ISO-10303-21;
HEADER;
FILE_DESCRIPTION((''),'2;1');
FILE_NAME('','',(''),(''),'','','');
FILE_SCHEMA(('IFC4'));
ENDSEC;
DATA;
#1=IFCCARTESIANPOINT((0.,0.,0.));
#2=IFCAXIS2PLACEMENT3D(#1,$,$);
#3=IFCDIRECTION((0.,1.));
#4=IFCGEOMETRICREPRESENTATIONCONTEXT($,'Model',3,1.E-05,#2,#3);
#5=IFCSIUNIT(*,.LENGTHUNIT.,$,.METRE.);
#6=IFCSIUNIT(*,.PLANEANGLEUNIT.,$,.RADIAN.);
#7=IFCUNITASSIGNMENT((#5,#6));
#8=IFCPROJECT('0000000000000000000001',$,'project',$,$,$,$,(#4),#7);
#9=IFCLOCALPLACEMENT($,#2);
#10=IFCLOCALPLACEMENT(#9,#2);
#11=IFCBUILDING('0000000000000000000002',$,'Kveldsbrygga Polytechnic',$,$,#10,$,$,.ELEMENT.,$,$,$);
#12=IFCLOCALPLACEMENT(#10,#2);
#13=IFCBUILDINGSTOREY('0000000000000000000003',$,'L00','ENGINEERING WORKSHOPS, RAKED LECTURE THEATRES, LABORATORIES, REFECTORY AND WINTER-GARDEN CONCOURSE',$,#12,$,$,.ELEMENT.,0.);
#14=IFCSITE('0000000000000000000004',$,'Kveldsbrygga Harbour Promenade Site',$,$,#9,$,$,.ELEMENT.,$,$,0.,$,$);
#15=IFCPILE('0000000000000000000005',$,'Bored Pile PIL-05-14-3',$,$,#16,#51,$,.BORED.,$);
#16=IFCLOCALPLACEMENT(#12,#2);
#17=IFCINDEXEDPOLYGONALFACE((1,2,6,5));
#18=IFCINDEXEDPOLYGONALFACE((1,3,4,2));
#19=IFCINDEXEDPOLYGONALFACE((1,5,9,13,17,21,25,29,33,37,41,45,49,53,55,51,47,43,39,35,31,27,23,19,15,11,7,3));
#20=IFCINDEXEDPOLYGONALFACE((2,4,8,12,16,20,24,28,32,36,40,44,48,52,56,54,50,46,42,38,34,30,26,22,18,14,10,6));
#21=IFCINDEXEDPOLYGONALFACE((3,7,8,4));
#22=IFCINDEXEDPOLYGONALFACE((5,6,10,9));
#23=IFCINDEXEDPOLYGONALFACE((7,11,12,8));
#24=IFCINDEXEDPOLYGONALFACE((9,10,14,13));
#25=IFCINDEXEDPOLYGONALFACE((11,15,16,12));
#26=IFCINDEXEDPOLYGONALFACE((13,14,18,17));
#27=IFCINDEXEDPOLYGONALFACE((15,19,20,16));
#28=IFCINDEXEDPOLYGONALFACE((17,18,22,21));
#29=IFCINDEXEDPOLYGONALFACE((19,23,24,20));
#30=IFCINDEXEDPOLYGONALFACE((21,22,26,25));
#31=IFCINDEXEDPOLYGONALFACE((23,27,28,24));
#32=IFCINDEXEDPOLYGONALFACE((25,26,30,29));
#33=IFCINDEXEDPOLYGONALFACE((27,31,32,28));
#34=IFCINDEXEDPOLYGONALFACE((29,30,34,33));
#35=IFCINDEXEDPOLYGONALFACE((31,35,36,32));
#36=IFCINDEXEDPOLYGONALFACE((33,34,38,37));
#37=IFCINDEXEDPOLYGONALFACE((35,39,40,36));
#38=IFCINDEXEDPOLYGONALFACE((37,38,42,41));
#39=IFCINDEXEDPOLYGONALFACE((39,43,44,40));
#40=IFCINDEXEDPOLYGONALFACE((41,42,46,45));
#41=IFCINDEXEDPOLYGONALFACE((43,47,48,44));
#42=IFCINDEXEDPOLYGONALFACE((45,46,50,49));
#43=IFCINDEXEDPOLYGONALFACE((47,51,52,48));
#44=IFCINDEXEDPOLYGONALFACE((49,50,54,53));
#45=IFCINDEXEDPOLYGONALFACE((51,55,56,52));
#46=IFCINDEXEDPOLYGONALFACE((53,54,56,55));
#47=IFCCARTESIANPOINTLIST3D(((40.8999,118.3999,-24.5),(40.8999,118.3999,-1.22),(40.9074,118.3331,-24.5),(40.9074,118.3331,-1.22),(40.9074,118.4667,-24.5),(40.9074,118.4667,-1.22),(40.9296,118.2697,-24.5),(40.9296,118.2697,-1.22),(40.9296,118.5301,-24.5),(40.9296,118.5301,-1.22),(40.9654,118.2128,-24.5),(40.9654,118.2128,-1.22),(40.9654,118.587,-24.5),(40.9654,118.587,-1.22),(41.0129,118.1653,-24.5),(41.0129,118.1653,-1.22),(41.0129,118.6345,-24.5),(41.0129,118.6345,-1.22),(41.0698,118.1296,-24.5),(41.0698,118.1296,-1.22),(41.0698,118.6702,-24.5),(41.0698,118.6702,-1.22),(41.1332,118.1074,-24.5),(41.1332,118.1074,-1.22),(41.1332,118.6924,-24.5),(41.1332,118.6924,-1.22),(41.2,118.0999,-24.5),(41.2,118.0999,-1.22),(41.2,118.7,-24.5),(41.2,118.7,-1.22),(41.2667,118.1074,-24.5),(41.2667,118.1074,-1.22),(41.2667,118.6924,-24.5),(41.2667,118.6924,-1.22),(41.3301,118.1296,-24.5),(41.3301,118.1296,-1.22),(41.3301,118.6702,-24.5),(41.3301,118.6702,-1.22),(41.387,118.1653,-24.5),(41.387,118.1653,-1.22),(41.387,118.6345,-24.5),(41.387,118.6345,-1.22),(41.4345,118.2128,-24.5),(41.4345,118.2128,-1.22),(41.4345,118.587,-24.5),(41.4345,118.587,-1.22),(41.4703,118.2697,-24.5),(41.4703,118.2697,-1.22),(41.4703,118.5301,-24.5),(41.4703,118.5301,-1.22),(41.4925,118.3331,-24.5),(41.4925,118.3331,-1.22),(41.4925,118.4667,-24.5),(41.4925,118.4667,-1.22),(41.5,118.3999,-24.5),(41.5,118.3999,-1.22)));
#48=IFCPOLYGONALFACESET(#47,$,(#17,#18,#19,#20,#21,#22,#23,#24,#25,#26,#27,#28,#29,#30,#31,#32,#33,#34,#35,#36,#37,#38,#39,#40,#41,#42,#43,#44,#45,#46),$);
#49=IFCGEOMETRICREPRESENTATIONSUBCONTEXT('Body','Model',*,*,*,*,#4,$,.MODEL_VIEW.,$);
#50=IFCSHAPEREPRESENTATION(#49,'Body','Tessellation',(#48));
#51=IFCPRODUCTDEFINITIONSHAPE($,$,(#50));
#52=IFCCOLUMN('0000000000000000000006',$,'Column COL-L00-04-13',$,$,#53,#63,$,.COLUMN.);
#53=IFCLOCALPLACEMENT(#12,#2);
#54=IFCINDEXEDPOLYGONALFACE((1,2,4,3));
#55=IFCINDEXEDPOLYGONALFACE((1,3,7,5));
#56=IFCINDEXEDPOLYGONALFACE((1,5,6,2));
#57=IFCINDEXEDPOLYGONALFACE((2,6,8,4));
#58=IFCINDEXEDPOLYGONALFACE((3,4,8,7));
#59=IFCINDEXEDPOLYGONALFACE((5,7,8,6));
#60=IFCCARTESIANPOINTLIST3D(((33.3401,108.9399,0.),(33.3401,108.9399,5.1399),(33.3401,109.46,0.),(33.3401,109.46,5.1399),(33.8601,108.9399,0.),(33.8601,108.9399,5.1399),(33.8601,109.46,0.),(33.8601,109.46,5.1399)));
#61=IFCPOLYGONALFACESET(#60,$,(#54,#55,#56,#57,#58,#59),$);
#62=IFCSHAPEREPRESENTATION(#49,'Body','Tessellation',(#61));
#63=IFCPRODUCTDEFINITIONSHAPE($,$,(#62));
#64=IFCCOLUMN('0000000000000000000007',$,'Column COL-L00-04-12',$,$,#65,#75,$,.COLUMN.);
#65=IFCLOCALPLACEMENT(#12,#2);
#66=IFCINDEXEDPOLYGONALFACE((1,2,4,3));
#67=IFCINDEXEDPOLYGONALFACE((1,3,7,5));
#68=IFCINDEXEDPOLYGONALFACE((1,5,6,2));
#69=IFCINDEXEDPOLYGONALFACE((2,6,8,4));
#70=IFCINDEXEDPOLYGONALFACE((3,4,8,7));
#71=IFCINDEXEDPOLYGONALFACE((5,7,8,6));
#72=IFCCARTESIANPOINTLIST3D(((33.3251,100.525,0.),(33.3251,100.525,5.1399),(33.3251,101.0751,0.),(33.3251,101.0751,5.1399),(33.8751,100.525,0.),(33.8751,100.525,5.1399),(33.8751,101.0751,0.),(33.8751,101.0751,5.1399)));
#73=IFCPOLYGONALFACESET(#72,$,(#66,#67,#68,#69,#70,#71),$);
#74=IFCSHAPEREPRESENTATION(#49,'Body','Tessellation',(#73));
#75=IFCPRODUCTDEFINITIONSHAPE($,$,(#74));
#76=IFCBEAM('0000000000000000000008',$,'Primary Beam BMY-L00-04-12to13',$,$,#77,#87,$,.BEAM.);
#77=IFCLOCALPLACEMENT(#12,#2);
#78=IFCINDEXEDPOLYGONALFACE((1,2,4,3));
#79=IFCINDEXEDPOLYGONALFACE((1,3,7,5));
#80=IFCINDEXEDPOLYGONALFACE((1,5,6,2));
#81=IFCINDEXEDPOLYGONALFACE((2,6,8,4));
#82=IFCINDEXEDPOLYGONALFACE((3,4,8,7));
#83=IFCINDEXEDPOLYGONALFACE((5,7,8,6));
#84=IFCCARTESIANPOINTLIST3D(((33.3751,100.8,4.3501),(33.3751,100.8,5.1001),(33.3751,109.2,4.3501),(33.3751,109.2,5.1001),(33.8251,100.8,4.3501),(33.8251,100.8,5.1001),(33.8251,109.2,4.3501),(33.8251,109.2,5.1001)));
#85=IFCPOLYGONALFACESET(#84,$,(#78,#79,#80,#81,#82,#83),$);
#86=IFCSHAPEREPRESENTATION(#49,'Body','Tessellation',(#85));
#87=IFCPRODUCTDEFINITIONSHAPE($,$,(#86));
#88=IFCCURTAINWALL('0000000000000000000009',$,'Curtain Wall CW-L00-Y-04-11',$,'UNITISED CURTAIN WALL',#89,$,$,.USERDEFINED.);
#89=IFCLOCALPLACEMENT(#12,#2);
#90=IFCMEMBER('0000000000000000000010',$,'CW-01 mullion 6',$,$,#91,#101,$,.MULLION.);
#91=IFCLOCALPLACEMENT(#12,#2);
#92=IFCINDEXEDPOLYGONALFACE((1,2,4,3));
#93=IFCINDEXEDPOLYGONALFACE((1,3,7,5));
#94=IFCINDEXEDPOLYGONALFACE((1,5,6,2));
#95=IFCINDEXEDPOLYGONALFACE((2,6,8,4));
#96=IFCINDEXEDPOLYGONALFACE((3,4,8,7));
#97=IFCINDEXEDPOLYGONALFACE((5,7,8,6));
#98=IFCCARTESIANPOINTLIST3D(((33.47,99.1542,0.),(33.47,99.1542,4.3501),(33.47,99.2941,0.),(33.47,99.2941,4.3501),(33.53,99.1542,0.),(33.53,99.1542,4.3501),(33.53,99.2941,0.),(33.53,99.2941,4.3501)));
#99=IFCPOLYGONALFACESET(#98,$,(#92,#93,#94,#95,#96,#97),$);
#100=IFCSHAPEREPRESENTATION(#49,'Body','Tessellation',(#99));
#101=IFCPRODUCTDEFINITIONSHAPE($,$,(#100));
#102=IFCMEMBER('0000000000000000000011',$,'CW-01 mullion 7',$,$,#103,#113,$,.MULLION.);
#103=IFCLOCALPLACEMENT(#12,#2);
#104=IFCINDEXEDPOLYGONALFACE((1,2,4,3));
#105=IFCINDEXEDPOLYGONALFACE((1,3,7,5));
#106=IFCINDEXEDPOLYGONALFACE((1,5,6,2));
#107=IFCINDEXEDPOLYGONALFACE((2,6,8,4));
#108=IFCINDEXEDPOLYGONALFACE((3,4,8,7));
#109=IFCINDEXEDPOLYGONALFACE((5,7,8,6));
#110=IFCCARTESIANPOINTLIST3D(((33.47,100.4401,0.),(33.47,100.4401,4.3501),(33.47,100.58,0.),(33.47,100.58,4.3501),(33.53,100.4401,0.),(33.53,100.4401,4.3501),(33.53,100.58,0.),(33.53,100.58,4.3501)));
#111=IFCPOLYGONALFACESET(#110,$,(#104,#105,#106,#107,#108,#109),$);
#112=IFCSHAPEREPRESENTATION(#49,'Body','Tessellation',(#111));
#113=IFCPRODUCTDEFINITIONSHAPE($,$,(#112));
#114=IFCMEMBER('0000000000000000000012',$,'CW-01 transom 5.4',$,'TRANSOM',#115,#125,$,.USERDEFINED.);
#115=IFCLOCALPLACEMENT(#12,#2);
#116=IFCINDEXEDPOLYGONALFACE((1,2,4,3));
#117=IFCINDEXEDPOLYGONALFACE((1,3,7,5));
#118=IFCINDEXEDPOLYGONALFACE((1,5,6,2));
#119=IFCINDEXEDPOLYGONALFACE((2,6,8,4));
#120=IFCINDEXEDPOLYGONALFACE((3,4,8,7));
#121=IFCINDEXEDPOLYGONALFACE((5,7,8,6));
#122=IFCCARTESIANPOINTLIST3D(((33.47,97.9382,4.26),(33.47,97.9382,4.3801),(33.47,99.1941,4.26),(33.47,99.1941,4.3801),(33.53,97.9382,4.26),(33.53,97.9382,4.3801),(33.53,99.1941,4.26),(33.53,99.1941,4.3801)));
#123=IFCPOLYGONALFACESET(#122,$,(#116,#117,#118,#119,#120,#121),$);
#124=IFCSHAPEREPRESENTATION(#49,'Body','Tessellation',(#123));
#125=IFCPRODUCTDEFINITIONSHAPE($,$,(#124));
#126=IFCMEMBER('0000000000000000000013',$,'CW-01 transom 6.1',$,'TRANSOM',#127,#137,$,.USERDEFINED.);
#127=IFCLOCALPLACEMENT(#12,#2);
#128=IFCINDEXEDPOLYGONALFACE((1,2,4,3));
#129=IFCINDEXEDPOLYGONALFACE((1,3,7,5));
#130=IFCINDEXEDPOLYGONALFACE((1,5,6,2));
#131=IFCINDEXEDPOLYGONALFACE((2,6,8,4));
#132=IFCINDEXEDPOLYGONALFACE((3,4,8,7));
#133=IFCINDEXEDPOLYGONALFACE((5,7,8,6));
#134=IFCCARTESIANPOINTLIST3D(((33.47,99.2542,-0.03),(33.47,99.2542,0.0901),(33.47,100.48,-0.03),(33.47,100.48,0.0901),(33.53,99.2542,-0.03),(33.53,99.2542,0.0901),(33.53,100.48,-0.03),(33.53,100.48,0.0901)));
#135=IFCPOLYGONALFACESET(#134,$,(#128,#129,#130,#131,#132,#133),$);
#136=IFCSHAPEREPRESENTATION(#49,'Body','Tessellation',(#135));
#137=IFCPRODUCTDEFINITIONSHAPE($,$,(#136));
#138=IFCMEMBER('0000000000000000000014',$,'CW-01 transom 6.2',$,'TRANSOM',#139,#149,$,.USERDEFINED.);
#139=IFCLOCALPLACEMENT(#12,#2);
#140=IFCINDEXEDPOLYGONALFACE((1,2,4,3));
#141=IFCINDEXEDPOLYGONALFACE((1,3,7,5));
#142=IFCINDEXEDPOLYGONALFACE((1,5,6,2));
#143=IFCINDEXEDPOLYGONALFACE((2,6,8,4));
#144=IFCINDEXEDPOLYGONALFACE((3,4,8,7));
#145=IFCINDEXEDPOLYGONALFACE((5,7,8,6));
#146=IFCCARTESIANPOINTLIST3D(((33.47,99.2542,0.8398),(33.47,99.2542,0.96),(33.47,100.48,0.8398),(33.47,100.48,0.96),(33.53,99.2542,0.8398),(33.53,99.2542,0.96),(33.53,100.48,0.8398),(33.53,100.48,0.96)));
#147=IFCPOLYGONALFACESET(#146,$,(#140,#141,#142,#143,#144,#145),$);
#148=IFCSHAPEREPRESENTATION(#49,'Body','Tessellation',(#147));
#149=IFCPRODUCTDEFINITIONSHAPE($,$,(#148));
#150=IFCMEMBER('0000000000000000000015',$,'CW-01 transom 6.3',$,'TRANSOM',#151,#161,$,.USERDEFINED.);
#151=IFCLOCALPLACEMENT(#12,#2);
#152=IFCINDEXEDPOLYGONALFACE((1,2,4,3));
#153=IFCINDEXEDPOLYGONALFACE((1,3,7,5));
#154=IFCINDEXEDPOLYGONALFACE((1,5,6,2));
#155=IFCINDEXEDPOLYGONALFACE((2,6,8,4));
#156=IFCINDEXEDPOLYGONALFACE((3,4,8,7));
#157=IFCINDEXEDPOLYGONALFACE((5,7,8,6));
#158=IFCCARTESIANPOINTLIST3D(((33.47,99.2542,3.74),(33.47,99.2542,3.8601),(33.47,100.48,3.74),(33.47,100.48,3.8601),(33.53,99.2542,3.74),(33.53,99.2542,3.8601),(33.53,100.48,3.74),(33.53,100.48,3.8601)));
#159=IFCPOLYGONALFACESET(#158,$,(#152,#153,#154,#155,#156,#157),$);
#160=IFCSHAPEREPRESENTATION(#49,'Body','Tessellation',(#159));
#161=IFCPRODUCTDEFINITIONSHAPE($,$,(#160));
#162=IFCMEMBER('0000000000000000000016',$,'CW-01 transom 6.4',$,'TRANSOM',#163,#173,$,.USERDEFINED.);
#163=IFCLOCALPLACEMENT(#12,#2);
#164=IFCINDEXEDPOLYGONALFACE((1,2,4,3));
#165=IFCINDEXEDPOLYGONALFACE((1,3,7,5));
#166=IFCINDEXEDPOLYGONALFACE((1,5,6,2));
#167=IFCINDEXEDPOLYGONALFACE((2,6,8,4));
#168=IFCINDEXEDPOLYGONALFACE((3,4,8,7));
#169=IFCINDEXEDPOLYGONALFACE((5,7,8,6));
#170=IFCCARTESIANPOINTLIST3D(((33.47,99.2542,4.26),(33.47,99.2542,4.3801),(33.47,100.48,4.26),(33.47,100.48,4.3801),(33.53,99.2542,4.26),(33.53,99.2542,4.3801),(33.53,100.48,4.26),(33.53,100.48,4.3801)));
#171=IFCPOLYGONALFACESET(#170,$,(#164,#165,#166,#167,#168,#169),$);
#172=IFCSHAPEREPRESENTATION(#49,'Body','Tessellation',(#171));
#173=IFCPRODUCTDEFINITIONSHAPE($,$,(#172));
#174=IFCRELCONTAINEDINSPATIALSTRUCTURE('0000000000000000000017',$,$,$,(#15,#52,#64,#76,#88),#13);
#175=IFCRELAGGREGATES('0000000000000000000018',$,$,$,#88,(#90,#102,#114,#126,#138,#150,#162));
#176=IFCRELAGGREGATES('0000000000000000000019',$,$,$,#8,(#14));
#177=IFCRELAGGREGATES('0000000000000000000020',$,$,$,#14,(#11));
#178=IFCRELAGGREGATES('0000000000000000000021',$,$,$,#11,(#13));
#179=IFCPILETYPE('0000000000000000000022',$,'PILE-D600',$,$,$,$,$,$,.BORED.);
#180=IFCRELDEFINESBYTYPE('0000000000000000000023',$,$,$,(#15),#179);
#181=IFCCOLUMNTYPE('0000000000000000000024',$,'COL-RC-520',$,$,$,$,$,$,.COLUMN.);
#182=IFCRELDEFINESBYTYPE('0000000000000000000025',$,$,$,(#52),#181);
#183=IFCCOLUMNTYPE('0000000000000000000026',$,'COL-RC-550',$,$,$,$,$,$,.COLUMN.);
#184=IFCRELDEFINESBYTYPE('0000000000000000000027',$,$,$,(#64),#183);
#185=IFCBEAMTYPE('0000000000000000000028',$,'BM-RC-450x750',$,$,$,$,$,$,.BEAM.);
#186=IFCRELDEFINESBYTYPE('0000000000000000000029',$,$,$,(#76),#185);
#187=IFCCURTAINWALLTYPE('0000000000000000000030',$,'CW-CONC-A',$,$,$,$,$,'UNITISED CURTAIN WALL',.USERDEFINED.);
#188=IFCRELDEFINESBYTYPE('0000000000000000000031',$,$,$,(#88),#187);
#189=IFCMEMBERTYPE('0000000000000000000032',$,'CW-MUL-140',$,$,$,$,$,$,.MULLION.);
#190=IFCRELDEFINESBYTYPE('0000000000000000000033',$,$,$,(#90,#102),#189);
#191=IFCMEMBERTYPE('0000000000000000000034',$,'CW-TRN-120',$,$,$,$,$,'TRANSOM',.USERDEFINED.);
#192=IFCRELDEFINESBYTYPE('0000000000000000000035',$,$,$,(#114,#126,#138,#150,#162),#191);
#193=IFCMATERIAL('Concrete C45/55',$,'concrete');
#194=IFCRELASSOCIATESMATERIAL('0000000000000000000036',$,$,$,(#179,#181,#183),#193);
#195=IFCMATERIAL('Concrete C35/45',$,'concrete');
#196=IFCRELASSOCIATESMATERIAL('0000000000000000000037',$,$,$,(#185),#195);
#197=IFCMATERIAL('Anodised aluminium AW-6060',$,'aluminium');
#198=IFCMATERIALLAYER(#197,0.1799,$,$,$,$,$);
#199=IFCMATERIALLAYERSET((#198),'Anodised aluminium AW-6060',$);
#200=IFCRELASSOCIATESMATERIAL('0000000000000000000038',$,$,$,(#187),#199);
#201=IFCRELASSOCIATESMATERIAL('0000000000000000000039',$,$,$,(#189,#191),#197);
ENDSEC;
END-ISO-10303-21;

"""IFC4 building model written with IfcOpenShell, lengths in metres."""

from ifc_helpers import new_model, si_unit, direction, frame, origin, origin_2d, place, context, subcontext, project, spatial, rectangle, circle, extrude, material, layer, layer_set, material_profile, profile_set, type_object, element, aggregate, save


model = new_model("IFC4")

# Units and contexts
model_context = context("Model", 3, precision=1e-05, world=origin(), true_north=direction((0.0, 1.0)))
body_context = subcontext(model_context, "Body", "Model", "MODEL_VIEW")
ifc_project = project(units=[si_unit("LENGTHUNIT", "METRE"), si_unit("PLANEANGLEUNIT", "RADIAN")], contexts=[model_context])

# Site, building, storey
site_placement = place(None, origin())
site = spatial("IfcSite", under=ifc_project, at=site_placement, Name="Kveldsbrygga Harbour Promenade Site", CompositionType="ELEMENT", RefElevation=0.0)
building_placement = place(site_placement, origin())
building = spatial("IfcBuilding", under=site, at=building_placement, Name="Kveldsbrygga Polytechnic", CompositionType="ELEMENT")
storey_placement = place(building_placement, origin())
storey = spatial("IfcBuildingStorey", under=building, at=storey_placement, Name="L00", Description="ENGINEERING WORKSHOPS, RAKED LECTURE THEATRES, LABORATORIES, REFECTORY AND WINTER-GARDEN CONCOURSE", CompositionType="ELEMENT", Elevation=0.0)

# Pile
ifc_material_1 = material(Name="Concrete C45/55", Category="concrete")
ifc_material_profile_1 = material_profile(ifc_material_1, circle(Radius=0.3, at=origin_2d()), Name="PILE D600")
ifc_profile_set_1 = profile_set([ifc_material_profile_1], Name="Concrete C45/55")
pile_type = type_object("IfcPileType", Name="PILE-D600", PredefinedType="BORED", material=ifc_profile_set_1)
for number, where, z_axis, x_axis, name in (
    (1, (41.2, 118.3999, -1.22), (0.0, 0.0, -1.0), (1.0, 0.0, 0.0), "Bored Pile PIL-05-14-3"),
):
    element("IfcPile", number, at=place(storey_placement, frame(where, z_axis=z_axis, x_axis=x_axis)), inside=storey, type_object=pile_type, Name=name, PredefinedType="BORED", context=body_context, shape_type="SweptSolid", body=[
        extrude(circle(Radius=0.3, at=origin_2d()), origin(), (0.0, 0.0, 1.0), 23.28),
    ])

# Columns
ifc_material_profile_2 = material_profile(ifc_material_1, rectangle(XDim=0.52, YDim=0.52, at=origin_2d()), Name="RC 520x520")
ifc_profile_set_2 = profile_set([ifc_material_profile_2], Name="Concrete C45/55")
column_type_1 = type_object("IfcColumnType", Name="COL-RC-520", PredefinedType="COLUMN", material=ifc_profile_set_2)
column_1_placement = place(storey_placement, frame((33.6001, 109.2, 0.0), z_axis=(0.0, 0.0, 1.0), x_axis=(1.0, 0.0, 0.0)))
element("IfcColumn", 2, at=column_1_placement, inside=storey, type_object=column_type_1, Name="Column COL-L00-04-13", PredefinedType="COLUMN", context=body_context, shape_type="SweptSolid", body=[
    extrude(rectangle(XDim=0.52, YDim=0.52, at=origin_2d()), origin(), (0.0, 0.0, 1.0), 5.1399),
])
ifc_material_profile_3 = material_profile(ifc_material_1, rectangle(XDim=0.55, YDim=0.55, at=origin_2d()), Name="RC 550x550")
ifc_profile_set_3 = profile_set([ifc_material_profile_3], Name="Concrete C45/55")
column_type_2 = type_object("IfcColumnType", Name="COL-RC-550", PredefinedType="COLUMN", material=ifc_profile_set_3)
column_2_placement = place(storey_placement, frame((33.6001, 100.8, 0.0), z_axis=(0.0, 0.0, 1.0), x_axis=(1.0, 0.0, 0.0)))
element("IfcColumn", 3, at=column_2_placement, inside=storey, type_object=column_type_2, Name="Column COL-L00-04-12", PredefinedType="COLUMN", context=body_context, shape_type="SweptSolid", body=[
    extrude(rectangle(XDim=0.55, YDim=0.55, at=origin_2d()), origin(), (0.0, 0.0, 1.0), 5.1399),
])

# Beam
ifc_material_2 = material(Name="Concrete C35/45", Category="concrete")
ifc_material_profile_4 = material_profile(ifc_material_2, rectangle(XDim=0.45, YDim=0.75, at=origin_2d()), Name="RC 450x750")
ifc_profile_set_4 = profile_set([ifc_material_profile_4], Name="Concrete C35/45")
beam_type = type_object("IfcBeamType", Name="BM-RC-450x750", PredefinedType="BEAM", material=ifc_profile_set_4)
beam_placement = place(storey_placement, frame((33.6001, 100.8, 4.7251), z_axis=(0.0, 1.0, 0.0), x_axis=(-1.0, 0.0, 0.0)))
element("IfcBeam", 4, at=beam_placement, inside=storey, type_object=beam_type, Name="Primary Beam BMY-L00-04-12to13", PredefinedType="BEAM", context=body_context, shape_type="SweptSolid", body=[
    extrude(rectangle(XDim=0.45, YDim=0.75, at=origin_2d()), origin(), (0.0, 0.0, 1.0), 8.3999),
])

# Curtain wall, members
ifc_material_3 = material(Name="Anodised aluminium AW-6060", Category="aluminium")
ifc_layer_1 = layer(ifc_material_3, 0.1799)
ifc_layer_set_1 = layer_set([ifc_layer_1], Name="Anodised aluminium AW-6060")
curtain_wall_type = type_object("IfcCurtainWallType", Name="CW-CONC-A", ElementType="UNITISED CURTAIN WALL", PredefinedType="USERDEFINED", material=ifc_layer_set_1)
curtain_wall_placement = place(storey_placement, origin())
curtain_wall = element("IfcCurtainWall", 5, at=curtain_wall_placement, inside=storey, type_object=curtain_wall_type, Name="Curtain Wall CW-L00-Y-04-11", ObjectType="UNITISED CURTAIN WALL", PredefinedType="USERDEFINED")
ifc_material_profile_5 = material_profile(ifc_material_3, rectangle(XDim=0.0601, YDim=0.1399, at=origin_2d()), Name="ALU 60x140")
ifc_profile_set_5 = profile_set([ifc_material_profile_5], Name="Anodised aluminium AW-6060")
member_type_1 = type_object("IfcMemberType", Name="CW-MUL-140", PredefinedType="MULLION", material=ifc_profile_set_5)
member_1_placement = place(storey_placement, frame((33.5, 99.2241, 0.0), z_axis=(0.0, 0.0, 1.0), x_axis=(-1.0, 0.0, 0.0)))
member_1 = element("IfcMember", 6, at=member_1_placement, type_object=member_type_1, Name="CW-01 mullion 6", PredefinedType="MULLION", context=body_context, shape_type="SweptSolid", body=[
    extrude(rectangle(XDim=0.0601, YDim=0.1399, at=origin_2d()), origin(), (0.0, 0.0, 1.0), 4.3501),
])
member_2_placement = place(storey_placement, frame((33.5, 100.51, 0.0), z_axis=(0.0, 0.0, 1.0), x_axis=(-1.0, 0.0, 0.0)))
member_2 = element("IfcMember", 7, at=member_2_placement, type_object=member_type_1, Name="CW-01 mullion 7", PredefinedType="MULLION", context=body_context, shape_type="SweptSolid", body=[
    extrude(rectangle(XDim=0.0601, YDim=0.1399, at=origin_2d()), origin(), (0.0, 0.0, 1.0), 4.3501),
])
ifc_material_profile_6 = material_profile(ifc_material_3, rectangle(XDim=0.0601, YDim=0.1201, at=origin_2d()), Name="ALU 60x120")
ifc_profile_set_6 = profile_set([ifc_material_profile_6], Name="Anodised aluminium AW-6060")
member_type_2 = type_object("IfcMemberType", Name="CW-TRN-120", ElementType="TRANSOM", PredefinedType="USERDEFINED", material=ifc_profile_set_6)
member_3_placement = place(storey_placement, frame((33.5, 97.9382, 4.3201), z_axis=(0.0, 1.0, 0.0), x_axis=(-1.0, 0.0, 0.0)))
member_3 = element("IfcMember", 8, at=member_3_placement, type_object=member_type_2, Name="CW-01 transom 5.4", ObjectType="TRANSOM", PredefinedType="USERDEFINED", context=body_context, shape_type="SweptSolid", body=[
    extrude(rectangle(XDim=0.0601, YDim=0.1201, at=origin_2d()), origin(), (0.0, 0.0, 1.0), 1.2559),
])
member_4_placement = place(storey_placement, frame((33.5, 99.2542, 0.03), z_axis=(0.0, 1.0, 0.0), x_axis=(-1.0, 0.0, 0.0)))
member_4 = element("IfcMember", 9, at=member_4_placement, type_object=member_type_2, Name="CW-01 transom 6.1", ObjectType="TRANSOM", PredefinedType="USERDEFINED", context=body_context, shape_type="SweptSolid", body=[
    extrude(rectangle(XDim=0.0601, YDim=0.1201, at=origin_2d()), origin(), (0.0, 0.0, 1.0), 1.2258),
])
member_5_placement = place(storey_placement, frame((33.5, 99.2542, 0.8999), z_axis=(0.0, 1.0, 0.0), x_axis=(-1.0, 0.0, 0.0)))
member_5 = element("IfcMember", 10, at=member_5_placement, type_object=member_type_2, Name="CW-01 transom 6.2", ObjectType="TRANSOM", PredefinedType="USERDEFINED", context=body_context, shape_type="SweptSolid", body=[
    extrude(rectangle(XDim=0.0601, YDim=0.1201, at=origin_2d()), origin(), (0.0, 0.0, 1.0), 1.2258),
])
member_6_placement = place(storey_placement, frame((33.5, 99.2542, 3.8), z_axis=(0.0, 1.0, 0.0), x_axis=(-1.0, 0.0, 0.0)))
member_6 = element("IfcMember", 11, at=member_6_placement, type_object=member_type_2, Name="CW-01 transom 6.3", ObjectType="TRANSOM", PredefinedType="USERDEFINED", context=body_context, shape_type="SweptSolid", body=[
    extrude(rectangle(XDim=0.0601, YDim=0.1201, at=origin_2d()), origin(), (0.0, 0.0, 1.0), 1.2258),
])
member_7_placement = place(storey_placement, frame((33.5, 99.2542, 4.3201), z_axis=(0.0, 1.0, 0.0), x_axis=(-1.0, 0.0, 0.0)))
member_7 = element("IfcMember", 12, at=member_7_placement, type_object=member_type_2, Name="CW-01 transom 6.4", ObjectType="TRANSOM", PredefinedType="USERDEFINED", context=body_context, shape_type="SweptSolid", body=[
    extrude(rectangle(XDim=0.0601, YDim=0.1201, at=origin_2d()), origin(), (0.0, 0.0, 1.0), 1.2258),
])
aggregate(curtain_wall, [member_1, member_2, member_3, member_4, member_5, member_6, member_7])

save(model, "model.ifc")
